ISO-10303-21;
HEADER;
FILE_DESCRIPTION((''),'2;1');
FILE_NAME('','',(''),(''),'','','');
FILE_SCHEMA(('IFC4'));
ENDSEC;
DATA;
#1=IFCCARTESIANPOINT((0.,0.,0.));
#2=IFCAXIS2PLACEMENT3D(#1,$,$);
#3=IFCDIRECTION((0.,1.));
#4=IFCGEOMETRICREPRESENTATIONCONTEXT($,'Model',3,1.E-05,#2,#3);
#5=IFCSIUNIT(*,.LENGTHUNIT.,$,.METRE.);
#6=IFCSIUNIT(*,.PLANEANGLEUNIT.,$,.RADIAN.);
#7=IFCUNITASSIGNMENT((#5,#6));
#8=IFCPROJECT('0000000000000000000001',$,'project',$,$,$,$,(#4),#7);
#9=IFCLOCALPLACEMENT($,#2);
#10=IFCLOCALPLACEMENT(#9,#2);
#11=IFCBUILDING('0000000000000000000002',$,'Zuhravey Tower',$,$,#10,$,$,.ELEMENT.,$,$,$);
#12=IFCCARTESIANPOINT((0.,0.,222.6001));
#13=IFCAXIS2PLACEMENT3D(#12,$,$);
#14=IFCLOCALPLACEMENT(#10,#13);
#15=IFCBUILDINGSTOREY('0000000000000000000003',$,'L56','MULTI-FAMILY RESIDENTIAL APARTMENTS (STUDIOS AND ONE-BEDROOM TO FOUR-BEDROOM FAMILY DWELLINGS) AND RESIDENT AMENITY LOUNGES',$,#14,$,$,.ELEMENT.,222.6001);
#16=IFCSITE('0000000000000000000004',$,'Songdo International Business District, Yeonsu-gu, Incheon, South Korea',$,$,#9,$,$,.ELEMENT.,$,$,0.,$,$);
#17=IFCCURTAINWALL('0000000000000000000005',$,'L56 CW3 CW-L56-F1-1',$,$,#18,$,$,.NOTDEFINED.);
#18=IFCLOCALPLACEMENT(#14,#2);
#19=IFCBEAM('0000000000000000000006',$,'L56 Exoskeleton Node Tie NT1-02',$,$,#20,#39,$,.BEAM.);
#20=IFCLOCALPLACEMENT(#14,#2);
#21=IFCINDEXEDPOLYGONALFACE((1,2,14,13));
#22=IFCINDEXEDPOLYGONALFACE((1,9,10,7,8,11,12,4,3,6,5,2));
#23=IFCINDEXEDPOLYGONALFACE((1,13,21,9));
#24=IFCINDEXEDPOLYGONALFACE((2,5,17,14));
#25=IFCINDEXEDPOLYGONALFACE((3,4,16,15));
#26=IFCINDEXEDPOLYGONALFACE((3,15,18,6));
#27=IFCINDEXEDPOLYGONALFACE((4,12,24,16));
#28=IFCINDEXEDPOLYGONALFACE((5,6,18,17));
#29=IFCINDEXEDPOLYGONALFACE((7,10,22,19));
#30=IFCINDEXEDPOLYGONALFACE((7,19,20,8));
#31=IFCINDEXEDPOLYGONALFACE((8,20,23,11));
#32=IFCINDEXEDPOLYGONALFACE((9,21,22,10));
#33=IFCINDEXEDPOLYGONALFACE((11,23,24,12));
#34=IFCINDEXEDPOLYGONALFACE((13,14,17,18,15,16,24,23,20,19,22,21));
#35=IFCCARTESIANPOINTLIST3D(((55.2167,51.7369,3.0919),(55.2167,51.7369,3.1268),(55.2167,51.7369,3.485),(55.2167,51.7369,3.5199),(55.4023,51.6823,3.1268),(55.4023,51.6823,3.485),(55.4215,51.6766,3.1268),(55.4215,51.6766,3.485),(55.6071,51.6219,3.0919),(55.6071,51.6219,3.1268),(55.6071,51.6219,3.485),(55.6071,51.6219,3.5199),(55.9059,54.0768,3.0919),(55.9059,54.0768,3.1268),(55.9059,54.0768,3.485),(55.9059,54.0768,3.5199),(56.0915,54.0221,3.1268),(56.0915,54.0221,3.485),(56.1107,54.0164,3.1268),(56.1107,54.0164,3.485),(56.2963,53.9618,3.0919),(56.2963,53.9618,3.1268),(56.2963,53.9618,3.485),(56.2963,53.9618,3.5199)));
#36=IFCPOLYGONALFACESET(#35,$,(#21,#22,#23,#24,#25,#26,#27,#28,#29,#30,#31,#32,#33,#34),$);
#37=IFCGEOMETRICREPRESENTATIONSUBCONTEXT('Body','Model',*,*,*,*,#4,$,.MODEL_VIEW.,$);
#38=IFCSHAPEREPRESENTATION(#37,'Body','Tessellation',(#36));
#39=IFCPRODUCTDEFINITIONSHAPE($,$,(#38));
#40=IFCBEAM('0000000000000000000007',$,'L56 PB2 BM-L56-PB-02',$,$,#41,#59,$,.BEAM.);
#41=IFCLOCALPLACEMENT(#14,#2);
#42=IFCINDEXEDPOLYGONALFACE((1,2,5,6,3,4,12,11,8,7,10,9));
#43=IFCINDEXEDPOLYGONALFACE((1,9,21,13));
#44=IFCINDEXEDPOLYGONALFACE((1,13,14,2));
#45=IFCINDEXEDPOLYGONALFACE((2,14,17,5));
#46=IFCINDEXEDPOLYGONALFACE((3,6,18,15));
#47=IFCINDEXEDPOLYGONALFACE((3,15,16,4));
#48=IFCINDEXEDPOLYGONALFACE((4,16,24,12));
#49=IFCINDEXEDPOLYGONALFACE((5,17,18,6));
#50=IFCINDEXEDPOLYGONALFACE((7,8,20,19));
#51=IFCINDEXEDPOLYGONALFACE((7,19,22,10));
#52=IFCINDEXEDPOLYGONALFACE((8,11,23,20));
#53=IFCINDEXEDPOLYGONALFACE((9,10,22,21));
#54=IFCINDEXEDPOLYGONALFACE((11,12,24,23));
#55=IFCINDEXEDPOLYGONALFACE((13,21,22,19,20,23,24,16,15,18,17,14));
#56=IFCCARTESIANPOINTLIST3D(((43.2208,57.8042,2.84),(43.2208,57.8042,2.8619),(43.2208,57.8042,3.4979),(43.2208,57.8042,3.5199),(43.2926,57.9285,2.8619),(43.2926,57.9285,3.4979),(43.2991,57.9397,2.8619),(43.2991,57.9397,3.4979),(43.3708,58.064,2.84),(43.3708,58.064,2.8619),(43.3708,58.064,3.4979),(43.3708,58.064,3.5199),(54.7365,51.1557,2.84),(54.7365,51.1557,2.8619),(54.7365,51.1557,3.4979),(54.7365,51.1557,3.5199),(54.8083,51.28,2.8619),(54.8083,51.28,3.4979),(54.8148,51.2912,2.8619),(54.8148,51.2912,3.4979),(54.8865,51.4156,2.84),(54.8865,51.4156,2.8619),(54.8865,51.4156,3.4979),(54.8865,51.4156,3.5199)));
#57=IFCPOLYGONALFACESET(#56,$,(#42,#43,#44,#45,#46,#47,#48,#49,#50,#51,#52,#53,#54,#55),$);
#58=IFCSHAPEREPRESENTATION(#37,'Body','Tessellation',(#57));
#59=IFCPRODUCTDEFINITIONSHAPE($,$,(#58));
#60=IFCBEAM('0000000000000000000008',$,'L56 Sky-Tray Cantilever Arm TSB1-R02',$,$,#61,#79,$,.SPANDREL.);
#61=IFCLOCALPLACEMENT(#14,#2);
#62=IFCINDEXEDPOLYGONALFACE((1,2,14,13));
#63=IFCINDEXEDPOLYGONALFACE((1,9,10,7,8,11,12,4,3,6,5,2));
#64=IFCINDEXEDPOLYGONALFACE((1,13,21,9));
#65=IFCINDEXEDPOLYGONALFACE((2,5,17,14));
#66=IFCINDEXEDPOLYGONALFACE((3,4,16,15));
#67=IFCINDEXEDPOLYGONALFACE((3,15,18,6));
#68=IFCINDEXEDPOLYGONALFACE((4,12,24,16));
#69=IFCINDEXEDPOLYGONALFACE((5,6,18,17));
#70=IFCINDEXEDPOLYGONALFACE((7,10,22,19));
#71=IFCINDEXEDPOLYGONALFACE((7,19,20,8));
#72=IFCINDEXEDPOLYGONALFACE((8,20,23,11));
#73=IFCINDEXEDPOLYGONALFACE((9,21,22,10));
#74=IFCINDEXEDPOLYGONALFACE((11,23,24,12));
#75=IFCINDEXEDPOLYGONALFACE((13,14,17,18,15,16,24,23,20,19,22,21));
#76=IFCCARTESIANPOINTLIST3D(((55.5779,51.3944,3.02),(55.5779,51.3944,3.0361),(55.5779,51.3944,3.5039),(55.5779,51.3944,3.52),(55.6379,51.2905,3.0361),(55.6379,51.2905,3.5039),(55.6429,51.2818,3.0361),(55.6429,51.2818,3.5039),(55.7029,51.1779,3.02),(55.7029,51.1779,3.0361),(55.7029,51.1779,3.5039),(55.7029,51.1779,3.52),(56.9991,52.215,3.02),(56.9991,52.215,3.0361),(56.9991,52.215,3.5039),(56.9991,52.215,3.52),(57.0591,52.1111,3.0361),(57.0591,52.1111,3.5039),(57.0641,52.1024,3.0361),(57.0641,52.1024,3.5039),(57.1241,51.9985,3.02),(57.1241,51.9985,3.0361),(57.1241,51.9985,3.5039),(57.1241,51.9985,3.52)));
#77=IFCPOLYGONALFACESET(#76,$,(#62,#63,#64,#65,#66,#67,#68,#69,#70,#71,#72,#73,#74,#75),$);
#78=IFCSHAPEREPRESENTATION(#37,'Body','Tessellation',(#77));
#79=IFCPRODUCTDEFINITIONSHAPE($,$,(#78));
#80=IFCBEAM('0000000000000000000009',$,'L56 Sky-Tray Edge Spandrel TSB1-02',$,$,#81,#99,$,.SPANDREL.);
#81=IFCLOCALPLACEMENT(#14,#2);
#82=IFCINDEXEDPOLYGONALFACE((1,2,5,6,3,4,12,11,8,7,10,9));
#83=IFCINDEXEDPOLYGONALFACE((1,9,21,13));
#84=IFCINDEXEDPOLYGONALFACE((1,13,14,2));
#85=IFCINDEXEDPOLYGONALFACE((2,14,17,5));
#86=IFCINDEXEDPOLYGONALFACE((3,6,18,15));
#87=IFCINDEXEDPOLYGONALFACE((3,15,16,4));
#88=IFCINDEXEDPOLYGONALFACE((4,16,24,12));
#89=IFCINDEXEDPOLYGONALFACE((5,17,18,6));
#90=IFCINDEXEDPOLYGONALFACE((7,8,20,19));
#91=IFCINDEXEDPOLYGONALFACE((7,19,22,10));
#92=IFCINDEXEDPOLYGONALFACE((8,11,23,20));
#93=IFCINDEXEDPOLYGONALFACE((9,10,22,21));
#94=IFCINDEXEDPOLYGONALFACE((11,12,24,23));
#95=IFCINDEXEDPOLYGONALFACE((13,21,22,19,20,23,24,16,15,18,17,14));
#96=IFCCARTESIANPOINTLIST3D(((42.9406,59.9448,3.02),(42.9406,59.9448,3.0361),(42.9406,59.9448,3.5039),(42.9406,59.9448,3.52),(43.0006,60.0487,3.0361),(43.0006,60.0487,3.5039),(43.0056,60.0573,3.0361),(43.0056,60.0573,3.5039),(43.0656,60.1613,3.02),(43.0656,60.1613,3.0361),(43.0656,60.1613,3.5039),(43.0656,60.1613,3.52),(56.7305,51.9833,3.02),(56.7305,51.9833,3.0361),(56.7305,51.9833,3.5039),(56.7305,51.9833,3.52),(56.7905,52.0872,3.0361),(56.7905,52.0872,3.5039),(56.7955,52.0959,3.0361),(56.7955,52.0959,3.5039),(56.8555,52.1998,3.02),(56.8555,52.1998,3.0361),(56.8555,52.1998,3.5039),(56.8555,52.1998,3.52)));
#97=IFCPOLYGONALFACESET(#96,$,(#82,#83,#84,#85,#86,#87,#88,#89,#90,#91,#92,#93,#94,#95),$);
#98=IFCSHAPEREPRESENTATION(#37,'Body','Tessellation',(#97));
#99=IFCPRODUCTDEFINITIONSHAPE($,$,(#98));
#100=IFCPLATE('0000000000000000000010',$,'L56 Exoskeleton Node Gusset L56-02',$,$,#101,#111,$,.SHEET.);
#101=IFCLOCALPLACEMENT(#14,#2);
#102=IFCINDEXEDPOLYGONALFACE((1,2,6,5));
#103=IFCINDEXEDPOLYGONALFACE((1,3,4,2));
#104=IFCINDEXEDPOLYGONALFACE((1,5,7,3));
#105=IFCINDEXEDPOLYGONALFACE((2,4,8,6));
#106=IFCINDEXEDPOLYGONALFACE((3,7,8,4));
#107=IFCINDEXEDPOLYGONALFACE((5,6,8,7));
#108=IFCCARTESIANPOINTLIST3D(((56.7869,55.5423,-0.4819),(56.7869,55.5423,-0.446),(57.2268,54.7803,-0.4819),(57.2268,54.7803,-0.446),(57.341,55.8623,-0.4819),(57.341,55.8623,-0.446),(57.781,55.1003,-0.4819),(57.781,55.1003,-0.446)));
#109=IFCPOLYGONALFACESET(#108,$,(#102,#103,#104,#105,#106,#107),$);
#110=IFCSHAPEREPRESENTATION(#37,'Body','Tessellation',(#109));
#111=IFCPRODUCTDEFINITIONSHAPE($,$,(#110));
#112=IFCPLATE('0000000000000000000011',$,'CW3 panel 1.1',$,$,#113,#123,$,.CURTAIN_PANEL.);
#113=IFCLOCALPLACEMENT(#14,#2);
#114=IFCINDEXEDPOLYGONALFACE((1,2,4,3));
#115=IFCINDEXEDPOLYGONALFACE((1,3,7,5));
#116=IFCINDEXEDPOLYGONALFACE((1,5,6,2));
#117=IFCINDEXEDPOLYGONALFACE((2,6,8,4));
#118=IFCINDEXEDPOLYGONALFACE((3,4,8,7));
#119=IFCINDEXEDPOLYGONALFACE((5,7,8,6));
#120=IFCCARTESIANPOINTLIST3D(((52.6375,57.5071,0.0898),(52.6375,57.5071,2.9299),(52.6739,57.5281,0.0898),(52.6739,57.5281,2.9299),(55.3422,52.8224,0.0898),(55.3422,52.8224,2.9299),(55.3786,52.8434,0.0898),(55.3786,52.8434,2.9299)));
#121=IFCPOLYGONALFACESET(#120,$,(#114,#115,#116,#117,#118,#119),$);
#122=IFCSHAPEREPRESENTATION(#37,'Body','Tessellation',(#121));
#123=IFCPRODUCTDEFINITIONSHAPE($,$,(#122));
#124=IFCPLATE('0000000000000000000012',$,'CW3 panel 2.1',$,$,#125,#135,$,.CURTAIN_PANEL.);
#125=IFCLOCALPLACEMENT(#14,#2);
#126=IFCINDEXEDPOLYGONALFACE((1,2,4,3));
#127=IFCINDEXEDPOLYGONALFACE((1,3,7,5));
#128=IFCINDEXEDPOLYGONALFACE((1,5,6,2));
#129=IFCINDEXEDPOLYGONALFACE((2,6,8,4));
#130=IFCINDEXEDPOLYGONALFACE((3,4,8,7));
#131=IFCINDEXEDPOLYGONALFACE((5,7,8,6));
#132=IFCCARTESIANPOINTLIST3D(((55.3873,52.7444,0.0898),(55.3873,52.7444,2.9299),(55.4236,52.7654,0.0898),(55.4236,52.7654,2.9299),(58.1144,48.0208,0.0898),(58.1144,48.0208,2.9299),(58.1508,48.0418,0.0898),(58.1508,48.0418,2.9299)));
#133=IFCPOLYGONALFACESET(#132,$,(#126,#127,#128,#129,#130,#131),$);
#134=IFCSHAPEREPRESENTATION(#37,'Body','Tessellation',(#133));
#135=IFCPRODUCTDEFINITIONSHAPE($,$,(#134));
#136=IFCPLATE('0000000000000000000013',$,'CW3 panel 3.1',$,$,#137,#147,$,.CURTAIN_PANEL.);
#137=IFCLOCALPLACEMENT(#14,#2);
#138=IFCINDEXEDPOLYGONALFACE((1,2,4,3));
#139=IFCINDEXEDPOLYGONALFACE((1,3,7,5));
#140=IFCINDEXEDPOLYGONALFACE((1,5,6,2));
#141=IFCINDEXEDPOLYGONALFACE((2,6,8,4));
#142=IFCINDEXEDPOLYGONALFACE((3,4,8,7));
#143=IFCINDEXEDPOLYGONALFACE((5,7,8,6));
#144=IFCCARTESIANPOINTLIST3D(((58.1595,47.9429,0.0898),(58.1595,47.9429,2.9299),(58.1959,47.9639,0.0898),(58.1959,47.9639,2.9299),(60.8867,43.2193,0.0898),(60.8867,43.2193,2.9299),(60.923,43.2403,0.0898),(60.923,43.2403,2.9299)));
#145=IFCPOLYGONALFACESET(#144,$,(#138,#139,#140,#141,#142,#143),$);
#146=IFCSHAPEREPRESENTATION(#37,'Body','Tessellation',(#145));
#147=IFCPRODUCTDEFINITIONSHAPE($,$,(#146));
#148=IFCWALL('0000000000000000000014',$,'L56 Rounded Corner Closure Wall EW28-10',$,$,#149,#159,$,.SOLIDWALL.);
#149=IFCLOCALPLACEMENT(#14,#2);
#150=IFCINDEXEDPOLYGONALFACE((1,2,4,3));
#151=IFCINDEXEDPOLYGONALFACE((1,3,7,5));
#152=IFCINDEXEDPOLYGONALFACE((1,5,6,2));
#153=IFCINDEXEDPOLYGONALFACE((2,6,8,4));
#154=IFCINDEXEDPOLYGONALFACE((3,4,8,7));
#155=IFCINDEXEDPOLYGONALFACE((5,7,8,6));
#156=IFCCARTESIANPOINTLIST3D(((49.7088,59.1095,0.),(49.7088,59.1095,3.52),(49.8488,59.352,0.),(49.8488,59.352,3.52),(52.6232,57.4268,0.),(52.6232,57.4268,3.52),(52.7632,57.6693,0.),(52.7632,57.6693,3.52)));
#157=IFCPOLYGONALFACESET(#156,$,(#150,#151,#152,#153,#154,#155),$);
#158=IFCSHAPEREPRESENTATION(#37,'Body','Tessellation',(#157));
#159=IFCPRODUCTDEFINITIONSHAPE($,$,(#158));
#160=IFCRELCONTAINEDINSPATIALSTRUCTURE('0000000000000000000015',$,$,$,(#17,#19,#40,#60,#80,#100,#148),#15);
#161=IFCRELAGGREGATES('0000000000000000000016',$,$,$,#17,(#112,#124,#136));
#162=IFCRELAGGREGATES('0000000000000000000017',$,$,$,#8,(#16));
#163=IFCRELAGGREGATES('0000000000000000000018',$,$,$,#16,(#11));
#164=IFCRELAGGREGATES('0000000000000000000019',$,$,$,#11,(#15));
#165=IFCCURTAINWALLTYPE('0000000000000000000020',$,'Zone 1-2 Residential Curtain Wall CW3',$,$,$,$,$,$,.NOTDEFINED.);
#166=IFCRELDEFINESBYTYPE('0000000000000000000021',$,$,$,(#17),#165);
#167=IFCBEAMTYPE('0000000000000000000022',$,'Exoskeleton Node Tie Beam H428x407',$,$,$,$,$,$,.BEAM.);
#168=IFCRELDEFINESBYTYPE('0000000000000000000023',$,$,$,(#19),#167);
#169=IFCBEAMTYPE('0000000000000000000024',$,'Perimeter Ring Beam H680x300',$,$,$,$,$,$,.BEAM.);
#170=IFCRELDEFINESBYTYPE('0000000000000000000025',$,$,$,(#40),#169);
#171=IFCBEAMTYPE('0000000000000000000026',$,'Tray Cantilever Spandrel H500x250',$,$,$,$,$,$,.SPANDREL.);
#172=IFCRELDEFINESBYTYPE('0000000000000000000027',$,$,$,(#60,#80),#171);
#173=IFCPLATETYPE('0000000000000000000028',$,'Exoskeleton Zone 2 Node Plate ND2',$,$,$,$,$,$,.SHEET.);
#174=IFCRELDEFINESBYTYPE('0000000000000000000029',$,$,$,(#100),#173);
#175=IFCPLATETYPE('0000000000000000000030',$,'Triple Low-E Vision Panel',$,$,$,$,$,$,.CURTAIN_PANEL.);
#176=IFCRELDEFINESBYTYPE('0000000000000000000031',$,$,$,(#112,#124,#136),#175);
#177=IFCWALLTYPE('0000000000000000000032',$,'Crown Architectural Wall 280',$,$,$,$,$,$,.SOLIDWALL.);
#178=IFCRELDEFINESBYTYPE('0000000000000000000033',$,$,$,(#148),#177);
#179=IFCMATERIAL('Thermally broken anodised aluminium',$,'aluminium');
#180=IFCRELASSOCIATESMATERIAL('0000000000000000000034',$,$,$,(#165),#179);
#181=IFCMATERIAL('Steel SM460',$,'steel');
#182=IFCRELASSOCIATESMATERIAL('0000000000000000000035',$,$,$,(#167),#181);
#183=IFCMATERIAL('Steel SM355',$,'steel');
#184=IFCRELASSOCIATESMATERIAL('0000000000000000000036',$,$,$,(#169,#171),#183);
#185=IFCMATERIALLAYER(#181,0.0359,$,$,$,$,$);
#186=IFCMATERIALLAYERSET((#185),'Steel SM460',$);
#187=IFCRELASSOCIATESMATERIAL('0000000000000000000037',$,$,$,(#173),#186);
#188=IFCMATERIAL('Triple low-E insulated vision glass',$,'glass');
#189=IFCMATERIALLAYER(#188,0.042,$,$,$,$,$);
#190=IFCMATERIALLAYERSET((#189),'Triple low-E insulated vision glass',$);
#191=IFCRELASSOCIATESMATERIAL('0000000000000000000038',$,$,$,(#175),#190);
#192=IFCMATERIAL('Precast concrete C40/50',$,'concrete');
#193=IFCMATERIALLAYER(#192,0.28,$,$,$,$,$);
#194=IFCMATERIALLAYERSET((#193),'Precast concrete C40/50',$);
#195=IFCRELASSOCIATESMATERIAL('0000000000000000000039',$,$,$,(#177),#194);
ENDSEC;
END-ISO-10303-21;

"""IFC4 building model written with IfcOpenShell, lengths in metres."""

from ifc_helpers import new_model, si_unit, direction, frame, frame_2d, origin, origin_2d, place, context, subcontext, project, spatial, rectangle, i_section, extrude, material, layer, layer_set, material_profile, profile_set, type_object, element, aggregate, save


model = new_model("IFC4")

# Units and contexts
model_context = context("Model", 3, precision=1e-05, world=origin(), true_north=direction((0.0, 1.0)))
body_context = subcontext(model_context, "Body", "Model", "MODEL_VIEW")
ifc_project = project(units=[si_unit("LENGTHUNIT", "METRE"), si_unit("PLANEANGLEUNIT", "RADIAN")], contexts=[model_context])

# Site, building, storey
site_placement = place(None, origin())
site = spatial("IfcSite", under=ifc_project, at=site_placement, Name="Songdo International Business District, Yeonsu-gu, Incheon, South Korea", CompositionType="ELEMENT", RefElevation=0.0)
building_placement = place(site_placement, origin())
building = spatial("IfcBuilding", under=site, at=building_placement, Name="Zuhravey Tower", CompositionType="ELEMENT")
storey_placement = place(building_placement, frame((0.0, 0.0, 222.6001)))
storey = spatial("IfcBuildingStorey", under=building, at=storey_placement, Name="L56", Description="MULTI-FAMILY RESIDENTIAL APARTMENTS (STUDIOS AND ONE-BEDROOM TO FOUR-BEDROOM FAMILY DWELLINGS) AND RESIDENT AMENITY LOUNGES", CompositionType="ELEMENT", Elevation=222.6001)

# Shared definitions
ifc_material_1 = material(Name="Thermally broken anodised aluminium", Category="aluminium")
curtain_wall_type = type_object("IfcCurtainWallType", Name="Zone 1-2 Residential Curtain Wall CW3", PredefinedType="NOTDEFINED", material=ifc_material_1)

# Curtain wall
curtain_wall_1_placement = place(storey_placement, origin())
curtain_wall_1 = element("IfcCurtainWall", 1, at=curtain_wall_1_placement, inside=storey, type_object=curtain_wall_type, Name="L56 CW3 CW-L56-F1-1", PredefinedType="NOTDEFINED")

# Beams
ifc_material_2 = material(Name="Steel SM460", Category="steel")
ifc_material_profile_1 = material_profile(ifc_material_2, i_section(OverallWidth=0.407, OverallDepth=0.428, WebThickness=0.02, FlangeThickness=0.0349, at=origin_2d()), Name="H-428x407x20x35")
ifc_profile_set_1 = profile_set([ifc_material_profile_1], Name="Steel SM460")
beam_type_1 = type_object("IfcBeamType", Name="Exoskeleton Node Tie Beam H428x407", PredefinedType="BEAM", material=ifc_profile_set_1)
beam_1_placement = place(storey_placement, frame((55.4119, 51.6794, 3.3059), z_axis=(0.282551, 0.959252, 0.0), x_axis=(-0.959252, 0.282551, 0.0)))
element("IfcBeam", 2, at=beam_1_placement, inside=storey, type_object=beam_type_1, Name="L56 Exoskeleton Node Tie NT1-02", PredefinedType="BEAM", context=body_context, shape_type="SweptSolid", body=[
    extrude(i_section(OverallWidth=0.407, OverallDepth=0.428, WebThickness=0.02, FlangeThickness=0.0349, at=origin_2d()), origin(), (0.0, 0.0, 1.0), 2.4392),
])
ifc_material_3 = material(Name="Steel SM355", Category="steel")
ifc_material_profile_2 = material_profile(ifc_material_3, i_section(OverallWidth=0.3, OverallDepth=0.6799, WebThickness=0.0129, FlangeThickness=0.022, at=origin_2d()), Name="H-680x300x13x22")
ifc_profile_set_2 = profile_set([ifc_material_profile_2], Name="Steel SM355")
beam_type_2 = type_object("IfcBeamType", Name="Perimeter Ring Beam H680x300", PredefinedType="BEAM", material=ifc_profile_set_2)
beam_2_placement = place(storey_placement, frame((54.8115, 51.2856, 3.1799), z_axis=(-0.866029, 0.499994, 0.0), x_axis=(-0.499994, -0.866029, 0.0)))
element("IfcBeam", 3, at=beam_2_placement, inside=storey, type_object=beam_type_2, Name="L56 PB2 BM-L56-PB-02", PredefinedType="BEAM", context=body_context, shape_type="SweptSolid", body=[
    extrude(i_section(OverallWidth=0.3, OverallDepth=0.6799, WebThickness=0.0129, FlangeThickness=0.022, at=origin_2d()), origin(), (0.0, 0.0, 1.0), 13.2971),
])
ifc_material_profile_3 = material_profile(ifc_material_3, i_section(OverallWidth=0.25, OverallDepth=0.5, WebThickness=0.01, FlangeThickness=0.0161, at=origin_2d()), Name="H-500x250x10x16")
ifc_profile_set_3 = profile_set([ifc_material_profile_3], Name="Steel SM355")
beam_type_3 = type_object("IfcBeamType", Name="Tray Cantilever Spandrel H500x250", PredefinedType="SPANDREL", material=ifc_profile_set_3)
beam_3_placement = place(storey_placement, frame((55.6404, 51.2861, 3.27), z_axis=(0.86601, 0.500027, 0.0), x_axis=(-0.500027, 0.86601, 0.0)))
element("IfcBeam", 4, at=beam_3_placement, inside=storey, type_object=beam_type_3, Name="L56 Sky-Tray Cantilever Arm TSB1-R02", PredefinedType="SPANDREL", context=body_context, shape_type="SweptSolid", body=[
    extrude(i_section(OverallWidth=0.25, OverallDepth=0.5, WebThickness=0.01, FlangeThickness=0.0161, at=origin_2d()), origin(), (0.0, 0.0, 1.0), 1.6411),
])
beam_4_placement = place(storey_placement, frame((56.793, 52.0916, 3.27), z_axis=(-0.866029, 0.499995, 0.0), x_axis=(-0.499995, -0.866029, 0.0)))
element("IfcBeam", 5, at=beam_4_placement, inside=storey, type_object=beam_type_3, Name="L56 Sky-Tray Edge Spandrel TSB1-02", PredefinedType="SPANDREL", context=body_context, shape_type="SweptSolid", body=[
    extrude(i_section(OverallWidth=0.25, OverallDepth=0.5, WebThickness=0.01, FlangeThickness=0.0161, at=origin_2d()), origin(), (0.0, 0.0, 1.0), 15.9231),
])

# Plates
ifc_layer_1 = layer(ifc_material_2, 0.0359)
ifc_layer_set_1 = layer_set([ifc_layer_1], Name="Steel SM460")
plate_type_1 = type_object("IfcPlateType", Name="Exoskeleton Zone 2 Node Plate ND2", PredefinedType="SHEET", material=ifc_layer_set_1)
plate_1_placement = place(storey_placement, frame((57.2839, 55.3213, -0.4819), z_axis=(0.0, 0.0, 1.0), x_axis=(-0.5, 0.866025, 0.0)))
element("IfcPlate", 6, at=plate_1_placement, inside=storey, type_object=plate_type_1, Name="L56 Exoskeleton Node Gusset L56-02", PredefinedType="SHEET", context=body_context, shape_type="SweptSolid", body=[
    extrude(rectangle(XDim=0.8799, YDim=0.6399, at=origin_2d()), origin(), (0.0, 0.0, 1.0), 0.0359),
])
ifc_material_4 = material(Name="Triple low-E insulated vision glass", Category="glass")
ifc_layer_2 = layer(ifc_material_4, 0.042)
ifc_layer_set_2 = layer_set([ifc_layer_2], Name="Triple low-E insulated vision glass")
plate_type_2 = type_object("IfcPlateType", Name="Triple Low-E Vision Panel", PredefinedType="CURTAIN_PANEL", material=ifc_layer_set_2)
plate_2_placement = place(storey_placement, frame((54.0081, 55.1753, 0.0898), z_axis=(0.0, 0.0, 1.0), x_axis=(0.5, -0.866025, 0.0)))
plate_2 = element("IfcPlate", 7, at=plate_2_placement, type_object=plate_type_2, Name="CW3 panel 1.1", PredefinedType="CURTAIN_PANEL", context=body_context, shape_type="SweptSolid", body=[
    extrude(rectangle(XDim=5.4094, YDim=0.042, at=origin_2d()), origin(), (0.0, 0.0, 1.0), 2.8401),
])
plate_3_placement = place(storey_placement, frame((56.769, 50.3931, 0.0898), z_axis=(0.0, 0.0, 1.0), x_axis=(0.5, -0.866025, 0.0)))
plate_3 = element("IfcPlate", 8, at=plate_3_placement, type_object=plate_type_2, Name="CW3 panel 2.1", PredefinedType="CURTAIN_PANEL", context=body_context, shape_type="SweptSolid", body=[
    extrude(rectangle(XDim=5.4543, YDim=0.042, at=origin_2d()), origin(), (0.0, 0.0, 1.0), 2.8401),
])
plate_4_placement = place(storey_placement, frame((59.5413, 45.5916, 0.0898), z_axis=(0.0, 0.0, 1.0), x_axis=(0.5, -0.866025, 0.0)))
plate_4 = element("IfcPlate", 9, at=plate_4_placement, type_object=plate_type_2, Name="CW3 panel 3.1", PredefinedType="CURTAIN_PANEL", context=body_context, shape_type="SweptSolid", body=[
    extrude(rectangle(XDim=5.4543, YDim=0.042, at=origin_2d()), origin(), (0.0, 0.0, 1.0), 2.8401),
])
aggregate(curtain_wall_1, [plate_2, plate_3, plate_4])

# Wall
ifc_material_5 = material(Name="Precast concrete C40/50", Category="concrete")
ifc_layer_3 = layer(ifc_material_5, 0.28)
ifc_layer_set_3 = layer_set([ifc_layer_3], Name="Precast concrete C40/50")
wall_type_1 = type_object("IfcWallType", Name="Crown Architectural Wall 280", PredefinedType="SOLIDWALL", material=ifc_layer_set_3)
wall_1_placement = place(storey_placement, frame((49.7788, 59.2307, 0.0), z_axis=(0.0, 0.0, 1.0), x_axis=(0.86602, -0.500009, 0.0)))
element("IfcWall", 10, at=wall_1_placement, inside=storey, type_object=wall_type_1, Name="L56 Rounded Corner Closure Wall EW28-10", PredefinedType="SOLIDWALL", context=body_context, shape_type="SweptSolid", body=[
    extrude(rectangle(XDim=3.3652, YDim=0.28, at=frame_2d((1.6826, 0.0))), origin(), (0.0, 0.0, 1.0), 3.52),
])

save(model, "model.ifc")
